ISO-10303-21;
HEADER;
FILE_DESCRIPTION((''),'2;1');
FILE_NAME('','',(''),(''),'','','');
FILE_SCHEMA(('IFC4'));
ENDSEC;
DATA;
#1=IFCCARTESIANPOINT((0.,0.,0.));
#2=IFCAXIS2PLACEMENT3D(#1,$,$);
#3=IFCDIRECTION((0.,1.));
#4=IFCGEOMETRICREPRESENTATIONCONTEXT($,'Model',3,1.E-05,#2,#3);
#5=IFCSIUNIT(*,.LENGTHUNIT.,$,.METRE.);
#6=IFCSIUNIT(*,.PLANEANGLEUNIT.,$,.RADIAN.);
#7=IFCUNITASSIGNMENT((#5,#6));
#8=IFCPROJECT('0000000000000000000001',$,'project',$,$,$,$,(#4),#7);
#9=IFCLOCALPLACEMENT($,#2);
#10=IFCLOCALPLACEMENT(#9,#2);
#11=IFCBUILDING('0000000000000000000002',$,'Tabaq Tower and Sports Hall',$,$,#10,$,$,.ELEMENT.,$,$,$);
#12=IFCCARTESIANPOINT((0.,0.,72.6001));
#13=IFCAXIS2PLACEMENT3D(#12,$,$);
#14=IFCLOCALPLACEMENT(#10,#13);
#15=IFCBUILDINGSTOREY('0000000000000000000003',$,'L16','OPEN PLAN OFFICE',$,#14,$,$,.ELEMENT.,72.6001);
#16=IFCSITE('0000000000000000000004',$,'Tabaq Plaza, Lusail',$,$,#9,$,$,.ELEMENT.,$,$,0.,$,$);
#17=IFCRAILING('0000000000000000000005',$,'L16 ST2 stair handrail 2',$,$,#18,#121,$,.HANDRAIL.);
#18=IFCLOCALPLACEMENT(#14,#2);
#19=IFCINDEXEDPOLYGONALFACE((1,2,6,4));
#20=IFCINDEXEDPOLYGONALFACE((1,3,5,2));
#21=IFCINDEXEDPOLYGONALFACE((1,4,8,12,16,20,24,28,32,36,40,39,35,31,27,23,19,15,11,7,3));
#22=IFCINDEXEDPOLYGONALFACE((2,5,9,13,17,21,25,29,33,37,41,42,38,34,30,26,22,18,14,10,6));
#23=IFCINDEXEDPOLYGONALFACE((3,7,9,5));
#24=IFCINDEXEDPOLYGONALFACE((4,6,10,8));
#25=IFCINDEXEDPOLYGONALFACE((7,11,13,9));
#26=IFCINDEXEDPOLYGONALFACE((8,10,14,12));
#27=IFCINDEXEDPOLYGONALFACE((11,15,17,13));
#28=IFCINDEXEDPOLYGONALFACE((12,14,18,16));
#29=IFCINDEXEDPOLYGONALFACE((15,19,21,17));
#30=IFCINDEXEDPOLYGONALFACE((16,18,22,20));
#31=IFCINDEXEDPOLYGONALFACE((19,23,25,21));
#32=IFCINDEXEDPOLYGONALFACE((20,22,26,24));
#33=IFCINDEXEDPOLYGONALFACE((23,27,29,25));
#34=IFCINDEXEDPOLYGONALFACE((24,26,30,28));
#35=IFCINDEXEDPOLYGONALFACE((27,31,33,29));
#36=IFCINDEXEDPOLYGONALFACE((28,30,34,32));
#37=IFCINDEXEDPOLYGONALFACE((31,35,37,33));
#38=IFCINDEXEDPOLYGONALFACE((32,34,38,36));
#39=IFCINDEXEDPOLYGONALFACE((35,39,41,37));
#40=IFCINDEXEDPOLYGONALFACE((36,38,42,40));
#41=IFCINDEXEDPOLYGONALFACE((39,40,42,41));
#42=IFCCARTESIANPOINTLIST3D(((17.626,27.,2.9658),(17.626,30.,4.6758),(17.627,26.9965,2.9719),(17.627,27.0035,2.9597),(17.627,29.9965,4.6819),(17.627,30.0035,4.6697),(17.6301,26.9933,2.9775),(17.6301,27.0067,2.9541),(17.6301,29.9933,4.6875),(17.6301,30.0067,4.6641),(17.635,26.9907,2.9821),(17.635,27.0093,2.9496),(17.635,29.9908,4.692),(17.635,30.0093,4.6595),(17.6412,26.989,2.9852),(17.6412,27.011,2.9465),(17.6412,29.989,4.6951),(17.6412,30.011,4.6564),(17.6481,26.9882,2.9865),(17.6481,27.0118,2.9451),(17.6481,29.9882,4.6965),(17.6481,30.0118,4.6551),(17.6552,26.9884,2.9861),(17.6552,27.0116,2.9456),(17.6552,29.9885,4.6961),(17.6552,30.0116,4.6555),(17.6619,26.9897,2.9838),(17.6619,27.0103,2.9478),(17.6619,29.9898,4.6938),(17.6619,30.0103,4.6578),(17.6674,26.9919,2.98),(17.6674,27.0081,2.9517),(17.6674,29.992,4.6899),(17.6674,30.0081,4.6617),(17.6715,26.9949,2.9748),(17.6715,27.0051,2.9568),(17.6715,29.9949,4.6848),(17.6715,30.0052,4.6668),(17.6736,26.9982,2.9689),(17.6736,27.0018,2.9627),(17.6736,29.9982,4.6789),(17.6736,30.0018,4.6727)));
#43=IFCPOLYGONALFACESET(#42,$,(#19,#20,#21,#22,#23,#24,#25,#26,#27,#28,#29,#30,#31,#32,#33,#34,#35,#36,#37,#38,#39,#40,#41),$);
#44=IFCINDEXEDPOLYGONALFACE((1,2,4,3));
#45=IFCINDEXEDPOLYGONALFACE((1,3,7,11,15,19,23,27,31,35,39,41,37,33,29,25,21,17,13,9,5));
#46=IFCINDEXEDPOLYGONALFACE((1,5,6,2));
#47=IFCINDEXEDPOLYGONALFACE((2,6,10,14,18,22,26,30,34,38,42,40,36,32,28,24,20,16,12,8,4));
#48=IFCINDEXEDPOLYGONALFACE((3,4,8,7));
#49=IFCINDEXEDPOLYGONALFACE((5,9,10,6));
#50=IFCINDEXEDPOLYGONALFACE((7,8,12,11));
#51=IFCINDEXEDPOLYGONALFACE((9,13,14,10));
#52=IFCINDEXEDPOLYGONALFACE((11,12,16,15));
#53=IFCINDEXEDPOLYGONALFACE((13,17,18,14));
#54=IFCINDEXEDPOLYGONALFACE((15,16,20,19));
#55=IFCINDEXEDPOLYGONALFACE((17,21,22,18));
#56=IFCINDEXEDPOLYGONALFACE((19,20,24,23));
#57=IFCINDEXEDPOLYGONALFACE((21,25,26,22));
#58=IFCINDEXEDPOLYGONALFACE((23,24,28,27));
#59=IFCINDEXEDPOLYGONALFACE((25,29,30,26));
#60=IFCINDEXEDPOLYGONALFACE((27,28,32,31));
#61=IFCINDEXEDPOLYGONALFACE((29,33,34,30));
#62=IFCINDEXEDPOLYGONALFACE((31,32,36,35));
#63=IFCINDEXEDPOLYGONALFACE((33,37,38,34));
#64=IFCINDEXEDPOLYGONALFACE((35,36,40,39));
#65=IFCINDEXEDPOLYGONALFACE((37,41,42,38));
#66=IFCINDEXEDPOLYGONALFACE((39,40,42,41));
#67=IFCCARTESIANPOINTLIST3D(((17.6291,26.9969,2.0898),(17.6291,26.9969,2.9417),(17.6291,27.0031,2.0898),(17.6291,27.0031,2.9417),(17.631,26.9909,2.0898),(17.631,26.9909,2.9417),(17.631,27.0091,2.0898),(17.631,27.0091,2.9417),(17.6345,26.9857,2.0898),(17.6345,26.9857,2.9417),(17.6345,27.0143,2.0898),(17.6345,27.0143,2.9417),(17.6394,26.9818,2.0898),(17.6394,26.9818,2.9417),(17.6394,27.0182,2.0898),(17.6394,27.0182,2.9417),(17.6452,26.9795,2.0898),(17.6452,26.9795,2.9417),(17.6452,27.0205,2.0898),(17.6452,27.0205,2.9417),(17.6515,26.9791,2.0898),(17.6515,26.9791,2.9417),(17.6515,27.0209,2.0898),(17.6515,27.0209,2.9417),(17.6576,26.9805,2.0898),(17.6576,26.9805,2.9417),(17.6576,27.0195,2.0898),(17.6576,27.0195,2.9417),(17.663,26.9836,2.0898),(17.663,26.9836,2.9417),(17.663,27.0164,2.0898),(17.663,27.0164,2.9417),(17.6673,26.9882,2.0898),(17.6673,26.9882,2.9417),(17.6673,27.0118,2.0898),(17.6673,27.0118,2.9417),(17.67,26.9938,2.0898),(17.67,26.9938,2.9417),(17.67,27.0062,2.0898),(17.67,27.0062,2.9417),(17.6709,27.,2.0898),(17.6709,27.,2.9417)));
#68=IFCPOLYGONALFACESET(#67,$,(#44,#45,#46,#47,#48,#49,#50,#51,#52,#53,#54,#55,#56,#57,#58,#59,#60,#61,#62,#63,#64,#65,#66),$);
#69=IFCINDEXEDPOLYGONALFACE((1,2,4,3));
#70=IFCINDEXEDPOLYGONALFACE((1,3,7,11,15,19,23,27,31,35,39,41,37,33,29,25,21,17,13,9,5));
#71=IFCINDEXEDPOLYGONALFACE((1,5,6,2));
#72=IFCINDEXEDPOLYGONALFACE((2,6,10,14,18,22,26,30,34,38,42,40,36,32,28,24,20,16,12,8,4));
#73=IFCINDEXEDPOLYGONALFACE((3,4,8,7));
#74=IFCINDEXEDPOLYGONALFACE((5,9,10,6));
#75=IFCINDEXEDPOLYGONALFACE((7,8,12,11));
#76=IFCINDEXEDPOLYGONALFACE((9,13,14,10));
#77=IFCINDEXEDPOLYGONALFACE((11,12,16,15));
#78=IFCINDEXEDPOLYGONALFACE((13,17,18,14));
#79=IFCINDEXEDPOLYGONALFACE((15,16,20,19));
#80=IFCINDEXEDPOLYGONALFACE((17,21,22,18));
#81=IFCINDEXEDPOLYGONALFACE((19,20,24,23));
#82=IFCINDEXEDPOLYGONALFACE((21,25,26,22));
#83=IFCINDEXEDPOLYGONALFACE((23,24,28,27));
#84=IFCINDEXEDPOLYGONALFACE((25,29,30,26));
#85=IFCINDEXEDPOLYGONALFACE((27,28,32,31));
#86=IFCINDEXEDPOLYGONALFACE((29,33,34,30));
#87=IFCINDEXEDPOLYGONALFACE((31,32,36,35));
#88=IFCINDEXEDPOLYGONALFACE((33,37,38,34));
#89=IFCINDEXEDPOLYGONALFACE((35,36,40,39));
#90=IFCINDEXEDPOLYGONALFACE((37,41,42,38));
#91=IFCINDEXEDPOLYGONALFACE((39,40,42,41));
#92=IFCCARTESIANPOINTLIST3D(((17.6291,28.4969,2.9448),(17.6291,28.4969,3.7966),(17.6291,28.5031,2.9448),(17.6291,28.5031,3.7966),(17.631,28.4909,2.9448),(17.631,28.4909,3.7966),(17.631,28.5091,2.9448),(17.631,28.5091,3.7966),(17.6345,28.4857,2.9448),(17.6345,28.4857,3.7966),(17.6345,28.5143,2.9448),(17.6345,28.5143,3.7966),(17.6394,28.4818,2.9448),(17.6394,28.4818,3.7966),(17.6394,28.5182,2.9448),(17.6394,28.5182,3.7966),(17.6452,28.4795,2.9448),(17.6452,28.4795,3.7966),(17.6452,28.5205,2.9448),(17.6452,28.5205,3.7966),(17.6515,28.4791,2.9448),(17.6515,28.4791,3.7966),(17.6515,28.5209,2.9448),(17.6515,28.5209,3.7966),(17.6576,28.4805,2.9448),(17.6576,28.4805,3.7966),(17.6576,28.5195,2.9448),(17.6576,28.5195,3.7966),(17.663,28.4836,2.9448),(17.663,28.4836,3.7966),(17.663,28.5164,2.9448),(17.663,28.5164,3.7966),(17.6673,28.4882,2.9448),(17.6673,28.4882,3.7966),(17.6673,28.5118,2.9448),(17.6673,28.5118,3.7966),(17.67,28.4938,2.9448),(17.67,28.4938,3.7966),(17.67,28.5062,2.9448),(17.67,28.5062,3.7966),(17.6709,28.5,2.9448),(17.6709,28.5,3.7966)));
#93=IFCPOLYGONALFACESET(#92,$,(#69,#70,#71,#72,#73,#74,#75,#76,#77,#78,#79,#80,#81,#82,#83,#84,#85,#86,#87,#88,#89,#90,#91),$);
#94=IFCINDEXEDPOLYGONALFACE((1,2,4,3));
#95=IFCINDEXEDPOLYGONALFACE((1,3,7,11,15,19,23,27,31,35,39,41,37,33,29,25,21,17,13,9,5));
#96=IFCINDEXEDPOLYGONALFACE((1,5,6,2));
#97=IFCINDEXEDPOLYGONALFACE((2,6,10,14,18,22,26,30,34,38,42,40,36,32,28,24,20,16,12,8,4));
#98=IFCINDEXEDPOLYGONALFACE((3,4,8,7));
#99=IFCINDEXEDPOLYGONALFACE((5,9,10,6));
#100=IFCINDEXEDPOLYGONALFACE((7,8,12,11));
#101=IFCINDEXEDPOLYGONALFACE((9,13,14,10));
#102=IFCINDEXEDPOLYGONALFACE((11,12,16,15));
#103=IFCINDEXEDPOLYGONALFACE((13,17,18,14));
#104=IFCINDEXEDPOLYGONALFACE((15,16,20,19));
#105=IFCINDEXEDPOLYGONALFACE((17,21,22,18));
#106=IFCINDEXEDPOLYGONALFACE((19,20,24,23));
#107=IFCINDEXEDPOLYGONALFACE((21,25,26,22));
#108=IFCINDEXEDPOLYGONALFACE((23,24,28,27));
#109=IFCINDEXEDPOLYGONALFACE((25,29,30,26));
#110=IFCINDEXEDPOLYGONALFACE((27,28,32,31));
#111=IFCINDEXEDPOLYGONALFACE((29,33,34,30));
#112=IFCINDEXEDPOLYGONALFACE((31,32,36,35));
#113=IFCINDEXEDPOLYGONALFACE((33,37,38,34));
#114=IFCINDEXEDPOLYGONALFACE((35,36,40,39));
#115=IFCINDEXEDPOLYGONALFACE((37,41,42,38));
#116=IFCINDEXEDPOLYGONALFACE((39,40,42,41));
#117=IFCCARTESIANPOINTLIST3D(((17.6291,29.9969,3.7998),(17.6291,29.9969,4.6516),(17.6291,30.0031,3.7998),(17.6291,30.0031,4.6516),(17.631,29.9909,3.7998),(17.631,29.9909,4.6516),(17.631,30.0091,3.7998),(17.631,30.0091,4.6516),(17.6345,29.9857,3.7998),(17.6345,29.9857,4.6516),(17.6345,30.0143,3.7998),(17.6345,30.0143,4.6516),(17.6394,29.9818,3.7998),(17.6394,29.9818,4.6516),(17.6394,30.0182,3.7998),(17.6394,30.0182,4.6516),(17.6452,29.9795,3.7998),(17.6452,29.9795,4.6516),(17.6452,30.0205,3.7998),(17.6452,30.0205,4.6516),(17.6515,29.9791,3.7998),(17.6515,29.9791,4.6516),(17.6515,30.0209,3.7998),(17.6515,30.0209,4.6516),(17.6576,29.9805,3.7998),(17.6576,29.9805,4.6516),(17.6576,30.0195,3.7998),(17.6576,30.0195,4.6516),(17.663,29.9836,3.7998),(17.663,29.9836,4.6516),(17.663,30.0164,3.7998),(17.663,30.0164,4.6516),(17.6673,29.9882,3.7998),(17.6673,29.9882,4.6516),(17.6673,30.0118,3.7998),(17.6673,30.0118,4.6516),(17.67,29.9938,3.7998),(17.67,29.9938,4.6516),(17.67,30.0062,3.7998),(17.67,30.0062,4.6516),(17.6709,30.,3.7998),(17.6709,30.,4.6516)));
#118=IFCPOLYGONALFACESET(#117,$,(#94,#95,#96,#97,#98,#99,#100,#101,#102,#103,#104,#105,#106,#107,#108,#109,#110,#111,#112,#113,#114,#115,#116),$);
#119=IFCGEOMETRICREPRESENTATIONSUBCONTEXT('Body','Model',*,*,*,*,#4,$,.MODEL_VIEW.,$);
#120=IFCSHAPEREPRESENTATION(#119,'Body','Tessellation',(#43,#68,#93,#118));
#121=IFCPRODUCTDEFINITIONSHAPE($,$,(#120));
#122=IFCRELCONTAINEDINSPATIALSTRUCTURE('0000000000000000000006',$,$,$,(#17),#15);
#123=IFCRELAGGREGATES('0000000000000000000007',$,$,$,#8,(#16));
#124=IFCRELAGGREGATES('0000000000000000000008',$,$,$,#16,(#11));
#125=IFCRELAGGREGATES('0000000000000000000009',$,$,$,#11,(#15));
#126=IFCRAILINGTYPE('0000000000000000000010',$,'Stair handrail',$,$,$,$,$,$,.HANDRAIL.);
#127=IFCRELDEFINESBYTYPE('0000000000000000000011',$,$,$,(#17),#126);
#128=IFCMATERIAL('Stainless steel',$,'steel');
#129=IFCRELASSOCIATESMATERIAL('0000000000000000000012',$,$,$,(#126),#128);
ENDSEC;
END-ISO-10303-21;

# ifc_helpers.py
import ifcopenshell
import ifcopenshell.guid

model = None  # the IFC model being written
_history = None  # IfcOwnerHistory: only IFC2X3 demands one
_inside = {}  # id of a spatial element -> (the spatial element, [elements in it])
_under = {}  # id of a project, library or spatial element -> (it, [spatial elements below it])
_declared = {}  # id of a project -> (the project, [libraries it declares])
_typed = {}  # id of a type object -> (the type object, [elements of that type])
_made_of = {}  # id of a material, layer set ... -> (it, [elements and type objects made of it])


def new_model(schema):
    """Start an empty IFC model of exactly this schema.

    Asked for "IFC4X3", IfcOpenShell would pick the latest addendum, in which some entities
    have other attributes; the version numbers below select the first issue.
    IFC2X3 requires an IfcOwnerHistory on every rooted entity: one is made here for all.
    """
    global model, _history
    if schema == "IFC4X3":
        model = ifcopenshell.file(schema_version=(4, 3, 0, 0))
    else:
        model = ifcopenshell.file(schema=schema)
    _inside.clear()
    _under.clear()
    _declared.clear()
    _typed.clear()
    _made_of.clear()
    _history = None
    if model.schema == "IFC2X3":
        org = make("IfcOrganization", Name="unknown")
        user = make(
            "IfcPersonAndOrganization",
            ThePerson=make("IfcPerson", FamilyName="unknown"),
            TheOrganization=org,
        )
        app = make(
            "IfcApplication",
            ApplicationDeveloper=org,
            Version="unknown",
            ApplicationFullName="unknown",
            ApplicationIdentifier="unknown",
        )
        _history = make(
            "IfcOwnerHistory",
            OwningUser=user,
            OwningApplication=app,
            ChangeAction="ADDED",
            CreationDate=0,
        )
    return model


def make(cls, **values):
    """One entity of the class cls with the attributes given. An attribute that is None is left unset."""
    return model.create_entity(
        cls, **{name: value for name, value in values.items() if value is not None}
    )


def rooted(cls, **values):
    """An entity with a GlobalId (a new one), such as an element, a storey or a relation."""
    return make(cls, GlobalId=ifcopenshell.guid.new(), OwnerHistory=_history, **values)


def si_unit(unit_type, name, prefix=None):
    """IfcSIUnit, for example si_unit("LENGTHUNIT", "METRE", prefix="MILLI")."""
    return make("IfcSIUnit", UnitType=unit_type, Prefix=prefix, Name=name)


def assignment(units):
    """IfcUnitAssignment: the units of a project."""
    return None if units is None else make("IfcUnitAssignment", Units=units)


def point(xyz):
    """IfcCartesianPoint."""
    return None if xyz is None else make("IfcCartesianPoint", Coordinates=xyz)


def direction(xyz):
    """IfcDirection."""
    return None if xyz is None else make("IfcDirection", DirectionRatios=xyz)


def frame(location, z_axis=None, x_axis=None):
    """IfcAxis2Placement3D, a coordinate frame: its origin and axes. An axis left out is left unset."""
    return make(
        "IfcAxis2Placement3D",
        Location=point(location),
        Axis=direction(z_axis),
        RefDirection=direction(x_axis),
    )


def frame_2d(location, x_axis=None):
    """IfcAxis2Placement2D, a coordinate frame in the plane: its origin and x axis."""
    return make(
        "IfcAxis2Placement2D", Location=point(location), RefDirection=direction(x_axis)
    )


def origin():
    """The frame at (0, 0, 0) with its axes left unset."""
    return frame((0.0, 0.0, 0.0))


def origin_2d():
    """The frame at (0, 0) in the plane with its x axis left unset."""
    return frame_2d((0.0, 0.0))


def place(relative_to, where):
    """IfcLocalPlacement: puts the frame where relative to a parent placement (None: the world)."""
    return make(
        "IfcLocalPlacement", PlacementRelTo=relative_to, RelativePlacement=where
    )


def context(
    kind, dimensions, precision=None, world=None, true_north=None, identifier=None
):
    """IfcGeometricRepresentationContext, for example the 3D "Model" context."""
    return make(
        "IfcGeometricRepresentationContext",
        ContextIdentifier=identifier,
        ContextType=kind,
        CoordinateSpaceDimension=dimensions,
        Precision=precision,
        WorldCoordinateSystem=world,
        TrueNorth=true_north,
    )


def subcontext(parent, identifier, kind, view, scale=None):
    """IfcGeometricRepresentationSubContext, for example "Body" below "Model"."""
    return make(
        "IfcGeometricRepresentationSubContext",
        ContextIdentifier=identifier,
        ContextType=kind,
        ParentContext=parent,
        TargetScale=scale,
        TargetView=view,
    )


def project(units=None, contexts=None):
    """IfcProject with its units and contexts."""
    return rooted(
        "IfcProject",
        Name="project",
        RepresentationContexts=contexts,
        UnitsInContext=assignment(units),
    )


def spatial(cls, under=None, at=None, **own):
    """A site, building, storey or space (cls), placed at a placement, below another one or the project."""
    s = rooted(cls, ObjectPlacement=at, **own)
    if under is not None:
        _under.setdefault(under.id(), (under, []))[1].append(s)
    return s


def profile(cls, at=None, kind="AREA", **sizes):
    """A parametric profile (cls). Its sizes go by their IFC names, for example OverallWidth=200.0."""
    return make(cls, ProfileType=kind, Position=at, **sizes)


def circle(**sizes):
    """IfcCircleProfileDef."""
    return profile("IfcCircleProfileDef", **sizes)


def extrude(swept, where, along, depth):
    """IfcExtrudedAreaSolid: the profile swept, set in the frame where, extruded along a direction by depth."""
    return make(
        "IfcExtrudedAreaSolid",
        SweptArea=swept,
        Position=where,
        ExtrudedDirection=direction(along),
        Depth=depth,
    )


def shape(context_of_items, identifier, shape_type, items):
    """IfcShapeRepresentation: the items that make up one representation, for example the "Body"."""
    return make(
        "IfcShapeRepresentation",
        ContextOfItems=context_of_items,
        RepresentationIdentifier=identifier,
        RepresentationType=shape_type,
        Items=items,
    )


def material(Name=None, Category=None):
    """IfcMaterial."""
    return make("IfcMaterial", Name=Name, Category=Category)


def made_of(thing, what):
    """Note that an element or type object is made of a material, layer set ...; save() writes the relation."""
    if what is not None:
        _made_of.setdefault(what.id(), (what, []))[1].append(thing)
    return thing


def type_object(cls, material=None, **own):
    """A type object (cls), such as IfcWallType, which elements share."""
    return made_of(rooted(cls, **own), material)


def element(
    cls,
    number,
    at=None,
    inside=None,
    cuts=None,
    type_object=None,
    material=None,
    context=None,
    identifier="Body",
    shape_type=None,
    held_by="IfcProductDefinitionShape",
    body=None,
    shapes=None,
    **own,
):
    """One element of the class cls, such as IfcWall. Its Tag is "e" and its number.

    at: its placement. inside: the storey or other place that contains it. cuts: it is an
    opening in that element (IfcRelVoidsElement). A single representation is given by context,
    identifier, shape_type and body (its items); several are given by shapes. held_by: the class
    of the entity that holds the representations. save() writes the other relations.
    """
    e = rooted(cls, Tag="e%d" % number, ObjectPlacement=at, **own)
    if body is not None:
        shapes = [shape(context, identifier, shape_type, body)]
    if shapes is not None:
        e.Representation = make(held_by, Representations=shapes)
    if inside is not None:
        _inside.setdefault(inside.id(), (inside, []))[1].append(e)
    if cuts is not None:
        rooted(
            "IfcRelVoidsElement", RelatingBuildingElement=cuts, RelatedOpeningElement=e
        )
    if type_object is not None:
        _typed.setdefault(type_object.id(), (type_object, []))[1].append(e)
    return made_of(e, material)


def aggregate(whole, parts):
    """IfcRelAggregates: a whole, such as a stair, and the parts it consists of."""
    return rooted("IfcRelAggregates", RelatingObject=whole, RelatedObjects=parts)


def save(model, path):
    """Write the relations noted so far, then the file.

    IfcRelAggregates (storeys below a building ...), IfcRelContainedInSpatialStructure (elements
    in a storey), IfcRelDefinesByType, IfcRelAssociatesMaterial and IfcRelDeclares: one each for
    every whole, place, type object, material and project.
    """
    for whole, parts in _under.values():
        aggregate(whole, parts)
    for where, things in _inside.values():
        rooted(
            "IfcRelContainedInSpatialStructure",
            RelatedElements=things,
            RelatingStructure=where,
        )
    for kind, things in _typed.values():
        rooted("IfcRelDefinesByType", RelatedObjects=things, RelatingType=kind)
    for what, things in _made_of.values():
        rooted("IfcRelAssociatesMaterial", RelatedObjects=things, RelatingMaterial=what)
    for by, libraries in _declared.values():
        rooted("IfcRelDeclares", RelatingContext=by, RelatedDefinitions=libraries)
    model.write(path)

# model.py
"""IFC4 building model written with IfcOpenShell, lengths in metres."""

from ifc_helpers import new_model, si_unit, direction, frame, origin, origin_2d, place, context, subcontext, project, spatial, circle, extrude, material, type_object, element, save


model = new_model("IFC4")

# Units and contexts
model_context = context("Model", 3, precision=1e-05, world=origin(), true_north=direction((0.0, 1.0)))
body_context = subcontext(model_context, "Body", "Model", "MODEL_VIEW")
ifc_project = project(units=[si_unit("LENGTHUNIT", "METRE"), si_unit("PLANEANGLEUNIT", "RADIAN")], contexts=[model_context])

# Site, building, storey
site_placement = place(None, origin())
site = spatial("IfcSite", under=ifc_project, at=site_placement, Name="Tabaq Plaza, Lusail", CompositionType="ELEMENT", RefElevation=0.0)
building_placement = place(site_placement, origin())
building = spatial("IfcBuilding", under=site, at=building_placement, Name="Tabaq Tower and Sports Hall", CompositionType="ELEMENT")
storey_placement = place(building_placement, frame((0.0, 0.0, 72.6001)))
storey = spatial("IfcBuildingStorey", under=building, at=storey_placement, Name="L16", Description="OPEN PLAN OFFICE", CompositionType="ELEMENT", Elevation=72.6001)

# Railing
ifc_material_1 = material(Name="Stainless steel", Category="steel")
railing_type_1 = type_object("IfcRailingType", Name="Stair handrail", PredefinedType="HANDRAIL", material=ifc_material_1)
railing_1_placement = place(storey_placement, frame((17.6499, 27.0, 2.0898)))
element("IfcRailing", 1, at=railing_1_placement, inside=storey, type_object=railing_type_1, Name="L16 ST2 stair handrail 2", PredefinedType="HANDRAIL", context=body_context, shape_type="SweptSolid", body=[
    extrude(circle(Radius=0.0239, at=origin_2d()), frame((0.0, 0.0, 0.876), z_axis=(0.0, 0.868782, 0.495195), x_axis=(-1.0, 0.0, 0.0)), (0.0, 0.0, 1.0), 3.4531),
    extrude(circle(Radius=0.021, at=origin_2d()), origin(), (0.0, 0.0, 1.0), 0.8518),
    extrude(circle(Radius=0.021, at=origin_2d()), frame((0.0, 1.5, 0.855)), (0.0, 0.0, 1.0), 0.8518),
    extrude(circle(Radius=0.021, at=origin_2d()), frame((0.0, 3.0, 1.71)), (0.0, 0.0, 1.0), 0.8518),
])

save(model, "model.ifc")
